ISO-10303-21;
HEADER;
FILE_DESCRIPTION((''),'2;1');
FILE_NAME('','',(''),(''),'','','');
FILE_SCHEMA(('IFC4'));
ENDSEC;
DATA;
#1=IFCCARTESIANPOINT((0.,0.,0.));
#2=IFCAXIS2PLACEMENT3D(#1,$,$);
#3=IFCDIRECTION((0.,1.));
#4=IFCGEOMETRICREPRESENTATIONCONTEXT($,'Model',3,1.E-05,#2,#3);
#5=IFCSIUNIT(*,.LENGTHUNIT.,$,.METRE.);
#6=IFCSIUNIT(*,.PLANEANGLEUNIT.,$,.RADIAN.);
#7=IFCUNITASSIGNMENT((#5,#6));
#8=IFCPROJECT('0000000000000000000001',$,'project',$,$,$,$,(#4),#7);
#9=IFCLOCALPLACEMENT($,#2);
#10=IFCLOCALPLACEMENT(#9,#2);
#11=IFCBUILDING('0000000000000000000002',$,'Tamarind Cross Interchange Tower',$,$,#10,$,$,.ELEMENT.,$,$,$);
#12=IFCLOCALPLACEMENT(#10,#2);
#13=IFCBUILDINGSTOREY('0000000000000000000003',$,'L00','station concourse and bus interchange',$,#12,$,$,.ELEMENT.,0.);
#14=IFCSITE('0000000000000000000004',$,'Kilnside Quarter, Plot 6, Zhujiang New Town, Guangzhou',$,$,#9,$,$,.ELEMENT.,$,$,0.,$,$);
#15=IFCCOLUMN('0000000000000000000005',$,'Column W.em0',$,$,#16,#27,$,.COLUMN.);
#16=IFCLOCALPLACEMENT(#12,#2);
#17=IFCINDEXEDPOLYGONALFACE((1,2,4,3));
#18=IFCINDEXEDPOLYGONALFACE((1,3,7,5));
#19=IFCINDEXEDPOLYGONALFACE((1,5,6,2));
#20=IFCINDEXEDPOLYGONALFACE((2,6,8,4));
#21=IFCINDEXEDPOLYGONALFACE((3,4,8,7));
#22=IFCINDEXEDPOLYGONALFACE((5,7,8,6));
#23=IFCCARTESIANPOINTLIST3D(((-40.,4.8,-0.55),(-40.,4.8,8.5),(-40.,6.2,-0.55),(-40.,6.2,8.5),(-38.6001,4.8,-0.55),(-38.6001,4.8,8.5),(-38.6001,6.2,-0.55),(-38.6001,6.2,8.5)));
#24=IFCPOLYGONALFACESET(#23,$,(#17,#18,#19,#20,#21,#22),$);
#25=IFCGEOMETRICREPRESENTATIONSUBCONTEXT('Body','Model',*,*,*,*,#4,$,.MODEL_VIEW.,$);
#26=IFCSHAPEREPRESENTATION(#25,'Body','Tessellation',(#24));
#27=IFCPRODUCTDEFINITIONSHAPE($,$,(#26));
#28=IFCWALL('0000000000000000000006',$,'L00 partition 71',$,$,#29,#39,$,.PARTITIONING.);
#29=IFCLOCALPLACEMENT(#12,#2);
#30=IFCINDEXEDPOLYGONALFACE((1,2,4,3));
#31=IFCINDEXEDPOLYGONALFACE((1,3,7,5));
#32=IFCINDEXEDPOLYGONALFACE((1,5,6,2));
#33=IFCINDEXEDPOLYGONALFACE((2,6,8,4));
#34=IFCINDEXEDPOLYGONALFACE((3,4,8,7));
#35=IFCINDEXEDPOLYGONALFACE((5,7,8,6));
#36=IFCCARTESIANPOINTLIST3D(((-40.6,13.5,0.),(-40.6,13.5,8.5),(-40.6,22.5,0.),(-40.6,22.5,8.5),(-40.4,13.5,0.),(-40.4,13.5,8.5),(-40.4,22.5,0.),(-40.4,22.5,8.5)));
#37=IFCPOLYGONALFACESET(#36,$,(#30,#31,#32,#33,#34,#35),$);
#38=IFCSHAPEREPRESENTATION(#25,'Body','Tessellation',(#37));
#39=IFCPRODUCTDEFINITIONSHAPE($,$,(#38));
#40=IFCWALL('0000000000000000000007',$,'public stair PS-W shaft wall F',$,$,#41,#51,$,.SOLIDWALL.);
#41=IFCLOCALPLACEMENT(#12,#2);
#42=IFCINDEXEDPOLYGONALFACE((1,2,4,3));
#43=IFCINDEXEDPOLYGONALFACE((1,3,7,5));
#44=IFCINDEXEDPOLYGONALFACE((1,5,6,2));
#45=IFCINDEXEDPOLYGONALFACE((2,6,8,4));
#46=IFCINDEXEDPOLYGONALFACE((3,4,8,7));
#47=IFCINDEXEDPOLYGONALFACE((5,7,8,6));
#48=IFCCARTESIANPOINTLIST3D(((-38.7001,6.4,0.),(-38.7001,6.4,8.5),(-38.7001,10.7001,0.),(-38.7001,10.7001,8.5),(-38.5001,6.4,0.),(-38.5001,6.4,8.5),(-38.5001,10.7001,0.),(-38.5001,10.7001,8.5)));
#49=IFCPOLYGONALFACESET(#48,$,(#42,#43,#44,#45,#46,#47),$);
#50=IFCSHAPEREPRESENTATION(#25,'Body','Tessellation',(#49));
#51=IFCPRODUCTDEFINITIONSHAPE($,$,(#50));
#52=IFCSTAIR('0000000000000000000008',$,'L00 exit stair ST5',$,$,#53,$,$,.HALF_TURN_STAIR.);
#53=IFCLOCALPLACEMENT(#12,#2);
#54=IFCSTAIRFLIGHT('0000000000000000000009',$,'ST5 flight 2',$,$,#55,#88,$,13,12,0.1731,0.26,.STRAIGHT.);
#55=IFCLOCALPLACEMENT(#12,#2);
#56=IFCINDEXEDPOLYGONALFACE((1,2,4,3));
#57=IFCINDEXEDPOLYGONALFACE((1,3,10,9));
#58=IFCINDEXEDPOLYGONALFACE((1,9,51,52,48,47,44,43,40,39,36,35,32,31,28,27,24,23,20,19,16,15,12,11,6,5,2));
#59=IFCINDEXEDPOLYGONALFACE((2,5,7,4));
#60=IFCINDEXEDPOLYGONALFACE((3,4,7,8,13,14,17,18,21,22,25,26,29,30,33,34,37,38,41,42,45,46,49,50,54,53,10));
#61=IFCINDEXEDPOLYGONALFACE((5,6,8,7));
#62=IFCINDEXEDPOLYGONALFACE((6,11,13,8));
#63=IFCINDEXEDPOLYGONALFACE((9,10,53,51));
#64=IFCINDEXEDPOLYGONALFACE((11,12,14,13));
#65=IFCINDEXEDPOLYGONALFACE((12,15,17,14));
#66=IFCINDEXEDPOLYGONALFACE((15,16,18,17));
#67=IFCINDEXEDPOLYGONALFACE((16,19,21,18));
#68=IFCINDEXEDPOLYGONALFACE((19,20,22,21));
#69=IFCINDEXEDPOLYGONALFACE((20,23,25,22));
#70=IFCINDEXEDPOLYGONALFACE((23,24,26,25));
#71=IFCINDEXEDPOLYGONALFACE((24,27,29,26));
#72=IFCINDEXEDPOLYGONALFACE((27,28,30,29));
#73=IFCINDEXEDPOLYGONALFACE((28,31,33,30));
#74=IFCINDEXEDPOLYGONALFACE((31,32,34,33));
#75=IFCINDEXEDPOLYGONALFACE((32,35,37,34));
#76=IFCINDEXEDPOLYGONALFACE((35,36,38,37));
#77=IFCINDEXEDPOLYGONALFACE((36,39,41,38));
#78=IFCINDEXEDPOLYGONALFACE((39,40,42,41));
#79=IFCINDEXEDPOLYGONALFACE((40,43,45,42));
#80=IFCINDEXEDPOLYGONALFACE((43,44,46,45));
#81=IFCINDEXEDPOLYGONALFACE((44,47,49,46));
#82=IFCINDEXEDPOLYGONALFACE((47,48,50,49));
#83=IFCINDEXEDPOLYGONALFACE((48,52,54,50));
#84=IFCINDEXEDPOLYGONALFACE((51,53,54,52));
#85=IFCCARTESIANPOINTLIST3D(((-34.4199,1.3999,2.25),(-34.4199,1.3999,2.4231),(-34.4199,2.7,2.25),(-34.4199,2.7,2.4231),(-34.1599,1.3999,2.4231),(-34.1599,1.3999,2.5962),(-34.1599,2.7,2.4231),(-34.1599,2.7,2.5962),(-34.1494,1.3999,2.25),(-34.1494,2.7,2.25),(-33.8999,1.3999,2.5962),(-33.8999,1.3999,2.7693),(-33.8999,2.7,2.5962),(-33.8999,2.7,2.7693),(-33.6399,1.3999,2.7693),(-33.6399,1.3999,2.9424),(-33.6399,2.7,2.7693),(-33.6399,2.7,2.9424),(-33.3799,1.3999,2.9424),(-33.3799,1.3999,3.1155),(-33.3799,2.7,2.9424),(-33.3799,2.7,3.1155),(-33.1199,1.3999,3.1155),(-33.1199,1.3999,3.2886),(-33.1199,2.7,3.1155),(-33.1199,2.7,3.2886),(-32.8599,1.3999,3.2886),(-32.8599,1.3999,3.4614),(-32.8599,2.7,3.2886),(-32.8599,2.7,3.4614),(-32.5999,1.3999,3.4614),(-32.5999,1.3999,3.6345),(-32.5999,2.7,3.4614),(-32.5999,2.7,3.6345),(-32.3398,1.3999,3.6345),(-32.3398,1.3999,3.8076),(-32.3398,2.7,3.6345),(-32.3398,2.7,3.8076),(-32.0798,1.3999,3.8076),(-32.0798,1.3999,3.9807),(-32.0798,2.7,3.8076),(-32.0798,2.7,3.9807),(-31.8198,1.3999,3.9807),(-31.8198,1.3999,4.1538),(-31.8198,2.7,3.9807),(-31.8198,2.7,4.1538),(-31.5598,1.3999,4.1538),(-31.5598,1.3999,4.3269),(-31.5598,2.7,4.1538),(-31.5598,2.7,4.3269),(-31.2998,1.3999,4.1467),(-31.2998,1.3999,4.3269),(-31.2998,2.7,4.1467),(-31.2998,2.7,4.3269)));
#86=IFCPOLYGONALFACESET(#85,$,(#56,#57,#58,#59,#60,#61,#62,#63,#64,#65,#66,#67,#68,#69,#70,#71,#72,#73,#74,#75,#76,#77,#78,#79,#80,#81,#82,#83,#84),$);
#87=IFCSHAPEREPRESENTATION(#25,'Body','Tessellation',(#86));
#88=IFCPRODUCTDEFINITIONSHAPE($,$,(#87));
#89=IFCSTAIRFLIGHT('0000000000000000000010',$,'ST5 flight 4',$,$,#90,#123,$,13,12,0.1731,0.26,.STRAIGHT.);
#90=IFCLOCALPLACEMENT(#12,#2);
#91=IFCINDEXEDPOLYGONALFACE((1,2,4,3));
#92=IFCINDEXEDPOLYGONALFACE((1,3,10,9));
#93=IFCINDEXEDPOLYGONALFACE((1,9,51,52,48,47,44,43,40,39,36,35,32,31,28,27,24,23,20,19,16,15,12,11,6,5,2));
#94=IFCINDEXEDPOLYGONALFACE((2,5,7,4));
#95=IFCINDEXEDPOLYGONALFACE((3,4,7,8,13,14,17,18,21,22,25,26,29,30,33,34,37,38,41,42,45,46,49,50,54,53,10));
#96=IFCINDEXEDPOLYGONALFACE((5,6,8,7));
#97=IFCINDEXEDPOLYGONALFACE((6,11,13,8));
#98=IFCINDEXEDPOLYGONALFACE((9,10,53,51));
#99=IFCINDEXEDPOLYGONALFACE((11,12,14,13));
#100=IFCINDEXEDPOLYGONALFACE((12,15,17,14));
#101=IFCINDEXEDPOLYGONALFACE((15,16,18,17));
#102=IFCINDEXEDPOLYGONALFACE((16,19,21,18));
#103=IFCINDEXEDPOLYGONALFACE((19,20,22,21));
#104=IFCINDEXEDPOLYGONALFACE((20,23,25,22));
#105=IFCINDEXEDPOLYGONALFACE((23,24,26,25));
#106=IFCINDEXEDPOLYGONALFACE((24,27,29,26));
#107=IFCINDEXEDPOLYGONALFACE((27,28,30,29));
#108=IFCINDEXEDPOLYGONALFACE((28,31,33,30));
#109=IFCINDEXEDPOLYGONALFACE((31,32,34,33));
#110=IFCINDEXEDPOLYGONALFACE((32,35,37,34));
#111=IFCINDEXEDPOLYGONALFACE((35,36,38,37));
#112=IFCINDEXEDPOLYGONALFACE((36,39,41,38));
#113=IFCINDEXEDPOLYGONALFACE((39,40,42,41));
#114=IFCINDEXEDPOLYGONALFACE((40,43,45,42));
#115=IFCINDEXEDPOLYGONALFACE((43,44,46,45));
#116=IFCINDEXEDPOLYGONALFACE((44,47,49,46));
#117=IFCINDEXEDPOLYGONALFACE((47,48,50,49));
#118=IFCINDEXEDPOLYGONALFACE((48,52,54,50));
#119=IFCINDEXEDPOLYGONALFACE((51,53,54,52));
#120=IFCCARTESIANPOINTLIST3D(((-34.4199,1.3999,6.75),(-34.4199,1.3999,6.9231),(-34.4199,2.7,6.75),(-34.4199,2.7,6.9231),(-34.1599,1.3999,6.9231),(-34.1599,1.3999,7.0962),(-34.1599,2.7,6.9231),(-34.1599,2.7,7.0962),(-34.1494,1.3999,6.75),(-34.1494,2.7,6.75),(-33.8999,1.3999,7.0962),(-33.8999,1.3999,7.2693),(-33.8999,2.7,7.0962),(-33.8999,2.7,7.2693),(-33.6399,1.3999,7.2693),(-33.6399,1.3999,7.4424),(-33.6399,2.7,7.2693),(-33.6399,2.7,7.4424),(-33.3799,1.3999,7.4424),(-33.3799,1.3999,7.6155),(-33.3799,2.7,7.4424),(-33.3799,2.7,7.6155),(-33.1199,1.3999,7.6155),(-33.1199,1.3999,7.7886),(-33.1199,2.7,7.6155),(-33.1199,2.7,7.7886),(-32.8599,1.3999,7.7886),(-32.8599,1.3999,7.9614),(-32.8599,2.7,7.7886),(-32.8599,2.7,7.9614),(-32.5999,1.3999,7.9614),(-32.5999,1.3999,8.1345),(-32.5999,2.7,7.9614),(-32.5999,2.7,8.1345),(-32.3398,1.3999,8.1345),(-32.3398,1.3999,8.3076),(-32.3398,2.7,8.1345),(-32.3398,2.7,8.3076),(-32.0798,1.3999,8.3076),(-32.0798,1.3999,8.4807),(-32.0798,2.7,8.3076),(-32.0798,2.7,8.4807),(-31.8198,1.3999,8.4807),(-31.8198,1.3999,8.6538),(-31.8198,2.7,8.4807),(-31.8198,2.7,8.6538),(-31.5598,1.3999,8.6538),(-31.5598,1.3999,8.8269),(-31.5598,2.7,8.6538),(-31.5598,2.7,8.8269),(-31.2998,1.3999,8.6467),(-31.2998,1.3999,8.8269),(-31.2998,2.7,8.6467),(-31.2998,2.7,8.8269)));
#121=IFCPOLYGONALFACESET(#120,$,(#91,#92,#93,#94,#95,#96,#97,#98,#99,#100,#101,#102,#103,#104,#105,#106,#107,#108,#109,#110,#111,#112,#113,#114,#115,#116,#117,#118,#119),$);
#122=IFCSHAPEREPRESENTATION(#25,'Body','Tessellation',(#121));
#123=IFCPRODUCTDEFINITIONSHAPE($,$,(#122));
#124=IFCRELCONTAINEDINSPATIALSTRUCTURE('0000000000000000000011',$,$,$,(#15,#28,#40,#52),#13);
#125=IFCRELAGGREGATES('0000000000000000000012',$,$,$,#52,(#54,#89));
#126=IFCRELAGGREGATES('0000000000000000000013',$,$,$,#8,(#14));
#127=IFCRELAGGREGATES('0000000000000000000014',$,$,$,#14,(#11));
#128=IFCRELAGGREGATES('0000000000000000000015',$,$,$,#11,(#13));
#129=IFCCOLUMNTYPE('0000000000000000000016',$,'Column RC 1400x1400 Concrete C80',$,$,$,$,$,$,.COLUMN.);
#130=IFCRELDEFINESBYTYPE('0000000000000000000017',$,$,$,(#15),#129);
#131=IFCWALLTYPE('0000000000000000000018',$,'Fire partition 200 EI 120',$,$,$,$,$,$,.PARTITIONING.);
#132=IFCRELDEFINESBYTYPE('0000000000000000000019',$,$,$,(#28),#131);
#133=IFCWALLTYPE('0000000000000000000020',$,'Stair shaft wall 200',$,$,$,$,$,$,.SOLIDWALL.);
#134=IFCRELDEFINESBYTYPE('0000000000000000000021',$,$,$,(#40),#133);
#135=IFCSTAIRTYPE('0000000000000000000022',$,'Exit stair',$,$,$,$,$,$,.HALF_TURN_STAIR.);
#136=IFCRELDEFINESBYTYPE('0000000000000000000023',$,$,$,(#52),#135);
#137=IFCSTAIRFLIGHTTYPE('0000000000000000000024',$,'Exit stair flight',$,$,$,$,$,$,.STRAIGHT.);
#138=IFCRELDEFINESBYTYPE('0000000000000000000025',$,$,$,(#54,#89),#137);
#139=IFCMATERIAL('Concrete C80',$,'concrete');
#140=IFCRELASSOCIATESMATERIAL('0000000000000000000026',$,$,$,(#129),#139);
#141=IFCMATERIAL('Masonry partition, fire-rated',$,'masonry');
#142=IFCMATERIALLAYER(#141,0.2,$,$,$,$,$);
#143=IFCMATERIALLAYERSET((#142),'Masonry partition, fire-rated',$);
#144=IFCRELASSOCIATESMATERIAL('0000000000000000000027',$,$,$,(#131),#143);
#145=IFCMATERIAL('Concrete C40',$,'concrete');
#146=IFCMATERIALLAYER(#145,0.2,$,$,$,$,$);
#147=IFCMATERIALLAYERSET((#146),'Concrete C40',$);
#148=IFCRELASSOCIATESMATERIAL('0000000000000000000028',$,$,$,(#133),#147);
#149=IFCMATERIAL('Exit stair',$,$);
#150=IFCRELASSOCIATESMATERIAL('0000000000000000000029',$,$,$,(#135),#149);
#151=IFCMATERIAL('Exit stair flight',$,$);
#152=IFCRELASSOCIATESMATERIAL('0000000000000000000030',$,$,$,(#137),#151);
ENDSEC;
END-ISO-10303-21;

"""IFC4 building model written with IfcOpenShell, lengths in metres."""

from ifc_helpers import new_model, si_unit, direction, frame, frame_2d, origin, origin_2d, place, context, subcontext, project, spatial, polyline, rectangle, outline, extrude, material, layer, layer_set, material_profile, profile_set, type_object, element, aggregate, save


model = new_model("IFC4")

# Units and contexts
model_context = context("Model", 3, precision=1e-05, world=origin(), true_north=direction((0.0, 1.0)))
body_context = subcontext(model_context, "Body", "Model", "MODEL_VIEW")
ifc_project = project(units=[si_unit("LENGTHUNIT", "METRE"), si_unit("PLANEANGLEUNIT", "RADIAN")], contexts=[model_context])

# Site, building, storey
site_placement = place(None, origin())
site = spatial("IfcSite", under=ifc_project, at=site_placement, Name="Kilnside Quarter, Plot 6, Zhujiang New Town, Guangzhou", CompositionType="ELEMENT", RefElevation=0.0)
building_placement = place(site_placement, origin())
building = spatial("IfcBuilding", under=site, at=building_placement, Name="Tamarind Cross Interchange Tower", CompositionType="ELEMENT")
storey_placement = place(building_placement, origin())
storey = spatial("IfcBuildingStorey", under=building, at=storey_placement, Name="L00", Description="station concourse and bus interchange", CompositionType="ELEMENT", Elevation=0.0)

# Column
ifc_material_1 = material(Name="Concrete C80", Category="concrete")
ifc_material_profile = material_profile(ifc_material_1, rectangle(XDim=1.3999, YDim=1.3999, at=origin_2d()), Name="RC 1400x1400")
ifc_profile_set = profile_set([ifc_material_profile], Name="Concrete C80")
column_type = type_object("IfcColumnType", Name="Column RC 1400x1400 Concrete C80", PredefinedType="COLUMN", material=ifc_profile_set)
column_placement = place(storey_placement, frame((-39.3, 5.5, -0.55), z_axis=(0.0, 0.0, 1.0), x_axis=(1.0, 0.0, 0.0)))
element("IfcColumn", 1, at=column_placement, inside=storey, type_object=column_type, Name="Column W.em0", PredefinedType="COLUMN", context=body_context, shape_type="SweptSolid", body=[
    extrude(rectangle(XDim=1.3999, YDim=1.3999, at=origin_2d()), origin(), (0.0, 0.0, 1.0), 9.05),
])

# Walls
ifc_material_2 = material(Name="Masonry partition, fire-rated", Category="masonry")
ifc_layer_1 = layer(ifc_material_2, 0.2)
ifc_layer_set_1 = layer_set([ifc_layer_1], Name="Masonry partition, fire-rated")
wall_type_1 = type_object("IfcWallType", Name="Fire partition 200 EI 120", PredefinedType="PARTITIONING", material=ifc_layer_set_1)
wall_1_placement = place(storey_placement, frame((-40.5, 13.5, 0.0), z_axis=(0.0, 0.0, 1.0), x_axis=(0.0, 1.0, 0.0)))
element("IfcWall", 2, at=wall_1_placement, inside=storey, type_object=wall_type_1, Name="L00 partition 71", PredefinedType="PARTITIONING", context=body_context, shape_type="SweptSolid", body=[
    extrude(rectangle(XDim=9.0, YDim=0.2, at=frame_2d((4.5, 0.0))), origin(), (0.0, 0.0, 1.0), 8.5),
])
ifc_material_3 = material(Name="Concrete C40", Category="concrete")
ifc_layer_2 = layer(ifc_material_3, 0.2)
ifc_layer_set_2 = layer_set([ifc_layer_2], Name="Concrete C40")
wall_type_2 = type_object("IfcWallType", Name="Stair shaft wall 200", PredefinedType="SOLIDWALL", material=ifc_layer_set_2)
wall_2_placement = place(storey_placement, frame((-38.6001, 10.7, 0.0), z_axis=(0.0, 0.0, 1.0), x_axis=(0.0, -1.0, 0.0)))
element("IfcWall", 3, at=wall_2_placement, inside=storey, type_object=wall_type_2, Name="public stair PS-W shaft wall F", PredefinedType="SOLIDWALL", context=body_context, shape_type="SweptSolid", body=[
    extrude(rectangle(XDim=4.3, YDim=0.2, at=frame_2d((2.1499, 0.0))), origin(), (0.0, 0.0, 1.0), 8.5),
])

# Stair, stair flights
ifc_material_4 = material(Name="Exit stair")
stair_type_1 = type_object("IfcStairType", Name="Exit stair", PredefinedType="HALF_TURN_STAIR", material=ifc_material_4)
stair_1_placement = place(storey_placement, origin())
stair_1 = element("IfcStair", 4, at=stair_1_placement, inside=storey, type_object=stair_type_1, Name="L00 exit stair ST5", PredefinedType="HALF_TURN_STAIR")
ifc_material_5 = material(Name="Exit stair flight")
stair_flight_type_1 = type_object("IfcStairFlightType", Name="Exit stair flight", PredefinedType="STRAIGHT", material=ifc_material_5)
stair_flight_1_placement = place(storey_placement, frame((-34.4199, 2.05, 2.25), z_axis=(0.0, 0.0, 1.0), x_axis=(1.0, 0.0, 0.0)))
stair_flight_1 = element("IfcStairFlight", 5, at=stair_flight_1_placement, type_object=stair_flight_type_1, Name="ST5 flight 2", NumberOfRisers=13, NumberOfTreads=12, PredefinedType="STRAIGHT", RiserHeight=0.1731, TreadLength=0.26, context=body_context, shape_type="SweptSolid", body=[
    extrude(outline(polyline([(0.0, 0.0), (0.0, 0.1731), (0.26, 0.1731), (0.26, 0.3462), (0.52, 0.3462), (0.52, 0.5193), (0.78, 0.5193), (0.78, 0.6924), (1.04, 0.6924), (1.04, 0.8655), (1.3, 0.8655), (1.3, 1.0386), (1.5601, 1.0386), (1.5601, 1.2114), (1.8201, 1.2114), (1.8201, 1.3845), (2.0801, 1.3845), (2.0801, 1.5576), (2.3401, 1.5576), (2.3401, 1.7307), (2.6001, 1.7307), (2.6001, 1.9038), (2.8601, 1.9038), (2.8601, 2.0769), (3.1201, 2.0769), (3.1201, 2.25), (3.1201, 1.8967), (0.2705, 0.0), (0.0, 0.0)])), frame((0.0, 0.6499, 0.0), z_axis=(0.0, -1.0, 0.0), x_axis=(1.0, 0.0, 0.0)), (0.0, 0.0, 1.0), 1.3),
])
stair_flight_2_placement = place(storey_placement, frame((-34.4199, 2.05, 6.75), z_axis=(0.0, 0.0, 1.0), x_axis=(1.0, 0.0, 0.0)))
stair_flight_2 = element("IfcStairFlight", 6, at=stair_flight_2_placement, type_object=stair_flight_type_1, Name="ST5 flight 4", NumberOfRisers=13, NumberOfTreads=12, PredefinedType="STRAIGHT", RiserHeight=0.1731, TreadLength=0.26, context=body_context, shape_type="SweptSolid", body=[
    extrude(outline(polyline([(0.0, 0.0), (0.0, 0.1731), (0.26, 0.1731), (0.26, 0.3462), (0.52, 0.3462), (0.52, 0.5193), (0.78, 0.5193), (0.78, 0.6924), (1.04, 0.6924), (1.04, 0.8655), (1.3, 0.8655), (1.3, 1.0386), (1.5601, 1.0386), (1.5601, 1.2114), (1.8201, 1.2114), (1.8201, 1.3845), (2.0801, 1.3845), (2.0801, 1.5576), (2.3401, 1.5576), (2.3401, 1.7307), (2.6001, 1.7307), (2.6001, 1.9038), (2.8601, 1.9038), (2.8601, 2.0769), (3.1201, 2.0769), (3.1201, 2.25), (3.1201, 1.8967), (0.2705, 0.0), (0.0, 0.0)])), frame((0.0, 0.6499, 0.0), z_axis=(0.0, -1.0, 0.0), x_axis=(1.0, 0.0, 0.0)), (0.0, 0.0, 1.0), 1.3),
])
aggregate(stair_1, [stair_flight_1, stair_flight_2])

save(model, "model.ifc")
